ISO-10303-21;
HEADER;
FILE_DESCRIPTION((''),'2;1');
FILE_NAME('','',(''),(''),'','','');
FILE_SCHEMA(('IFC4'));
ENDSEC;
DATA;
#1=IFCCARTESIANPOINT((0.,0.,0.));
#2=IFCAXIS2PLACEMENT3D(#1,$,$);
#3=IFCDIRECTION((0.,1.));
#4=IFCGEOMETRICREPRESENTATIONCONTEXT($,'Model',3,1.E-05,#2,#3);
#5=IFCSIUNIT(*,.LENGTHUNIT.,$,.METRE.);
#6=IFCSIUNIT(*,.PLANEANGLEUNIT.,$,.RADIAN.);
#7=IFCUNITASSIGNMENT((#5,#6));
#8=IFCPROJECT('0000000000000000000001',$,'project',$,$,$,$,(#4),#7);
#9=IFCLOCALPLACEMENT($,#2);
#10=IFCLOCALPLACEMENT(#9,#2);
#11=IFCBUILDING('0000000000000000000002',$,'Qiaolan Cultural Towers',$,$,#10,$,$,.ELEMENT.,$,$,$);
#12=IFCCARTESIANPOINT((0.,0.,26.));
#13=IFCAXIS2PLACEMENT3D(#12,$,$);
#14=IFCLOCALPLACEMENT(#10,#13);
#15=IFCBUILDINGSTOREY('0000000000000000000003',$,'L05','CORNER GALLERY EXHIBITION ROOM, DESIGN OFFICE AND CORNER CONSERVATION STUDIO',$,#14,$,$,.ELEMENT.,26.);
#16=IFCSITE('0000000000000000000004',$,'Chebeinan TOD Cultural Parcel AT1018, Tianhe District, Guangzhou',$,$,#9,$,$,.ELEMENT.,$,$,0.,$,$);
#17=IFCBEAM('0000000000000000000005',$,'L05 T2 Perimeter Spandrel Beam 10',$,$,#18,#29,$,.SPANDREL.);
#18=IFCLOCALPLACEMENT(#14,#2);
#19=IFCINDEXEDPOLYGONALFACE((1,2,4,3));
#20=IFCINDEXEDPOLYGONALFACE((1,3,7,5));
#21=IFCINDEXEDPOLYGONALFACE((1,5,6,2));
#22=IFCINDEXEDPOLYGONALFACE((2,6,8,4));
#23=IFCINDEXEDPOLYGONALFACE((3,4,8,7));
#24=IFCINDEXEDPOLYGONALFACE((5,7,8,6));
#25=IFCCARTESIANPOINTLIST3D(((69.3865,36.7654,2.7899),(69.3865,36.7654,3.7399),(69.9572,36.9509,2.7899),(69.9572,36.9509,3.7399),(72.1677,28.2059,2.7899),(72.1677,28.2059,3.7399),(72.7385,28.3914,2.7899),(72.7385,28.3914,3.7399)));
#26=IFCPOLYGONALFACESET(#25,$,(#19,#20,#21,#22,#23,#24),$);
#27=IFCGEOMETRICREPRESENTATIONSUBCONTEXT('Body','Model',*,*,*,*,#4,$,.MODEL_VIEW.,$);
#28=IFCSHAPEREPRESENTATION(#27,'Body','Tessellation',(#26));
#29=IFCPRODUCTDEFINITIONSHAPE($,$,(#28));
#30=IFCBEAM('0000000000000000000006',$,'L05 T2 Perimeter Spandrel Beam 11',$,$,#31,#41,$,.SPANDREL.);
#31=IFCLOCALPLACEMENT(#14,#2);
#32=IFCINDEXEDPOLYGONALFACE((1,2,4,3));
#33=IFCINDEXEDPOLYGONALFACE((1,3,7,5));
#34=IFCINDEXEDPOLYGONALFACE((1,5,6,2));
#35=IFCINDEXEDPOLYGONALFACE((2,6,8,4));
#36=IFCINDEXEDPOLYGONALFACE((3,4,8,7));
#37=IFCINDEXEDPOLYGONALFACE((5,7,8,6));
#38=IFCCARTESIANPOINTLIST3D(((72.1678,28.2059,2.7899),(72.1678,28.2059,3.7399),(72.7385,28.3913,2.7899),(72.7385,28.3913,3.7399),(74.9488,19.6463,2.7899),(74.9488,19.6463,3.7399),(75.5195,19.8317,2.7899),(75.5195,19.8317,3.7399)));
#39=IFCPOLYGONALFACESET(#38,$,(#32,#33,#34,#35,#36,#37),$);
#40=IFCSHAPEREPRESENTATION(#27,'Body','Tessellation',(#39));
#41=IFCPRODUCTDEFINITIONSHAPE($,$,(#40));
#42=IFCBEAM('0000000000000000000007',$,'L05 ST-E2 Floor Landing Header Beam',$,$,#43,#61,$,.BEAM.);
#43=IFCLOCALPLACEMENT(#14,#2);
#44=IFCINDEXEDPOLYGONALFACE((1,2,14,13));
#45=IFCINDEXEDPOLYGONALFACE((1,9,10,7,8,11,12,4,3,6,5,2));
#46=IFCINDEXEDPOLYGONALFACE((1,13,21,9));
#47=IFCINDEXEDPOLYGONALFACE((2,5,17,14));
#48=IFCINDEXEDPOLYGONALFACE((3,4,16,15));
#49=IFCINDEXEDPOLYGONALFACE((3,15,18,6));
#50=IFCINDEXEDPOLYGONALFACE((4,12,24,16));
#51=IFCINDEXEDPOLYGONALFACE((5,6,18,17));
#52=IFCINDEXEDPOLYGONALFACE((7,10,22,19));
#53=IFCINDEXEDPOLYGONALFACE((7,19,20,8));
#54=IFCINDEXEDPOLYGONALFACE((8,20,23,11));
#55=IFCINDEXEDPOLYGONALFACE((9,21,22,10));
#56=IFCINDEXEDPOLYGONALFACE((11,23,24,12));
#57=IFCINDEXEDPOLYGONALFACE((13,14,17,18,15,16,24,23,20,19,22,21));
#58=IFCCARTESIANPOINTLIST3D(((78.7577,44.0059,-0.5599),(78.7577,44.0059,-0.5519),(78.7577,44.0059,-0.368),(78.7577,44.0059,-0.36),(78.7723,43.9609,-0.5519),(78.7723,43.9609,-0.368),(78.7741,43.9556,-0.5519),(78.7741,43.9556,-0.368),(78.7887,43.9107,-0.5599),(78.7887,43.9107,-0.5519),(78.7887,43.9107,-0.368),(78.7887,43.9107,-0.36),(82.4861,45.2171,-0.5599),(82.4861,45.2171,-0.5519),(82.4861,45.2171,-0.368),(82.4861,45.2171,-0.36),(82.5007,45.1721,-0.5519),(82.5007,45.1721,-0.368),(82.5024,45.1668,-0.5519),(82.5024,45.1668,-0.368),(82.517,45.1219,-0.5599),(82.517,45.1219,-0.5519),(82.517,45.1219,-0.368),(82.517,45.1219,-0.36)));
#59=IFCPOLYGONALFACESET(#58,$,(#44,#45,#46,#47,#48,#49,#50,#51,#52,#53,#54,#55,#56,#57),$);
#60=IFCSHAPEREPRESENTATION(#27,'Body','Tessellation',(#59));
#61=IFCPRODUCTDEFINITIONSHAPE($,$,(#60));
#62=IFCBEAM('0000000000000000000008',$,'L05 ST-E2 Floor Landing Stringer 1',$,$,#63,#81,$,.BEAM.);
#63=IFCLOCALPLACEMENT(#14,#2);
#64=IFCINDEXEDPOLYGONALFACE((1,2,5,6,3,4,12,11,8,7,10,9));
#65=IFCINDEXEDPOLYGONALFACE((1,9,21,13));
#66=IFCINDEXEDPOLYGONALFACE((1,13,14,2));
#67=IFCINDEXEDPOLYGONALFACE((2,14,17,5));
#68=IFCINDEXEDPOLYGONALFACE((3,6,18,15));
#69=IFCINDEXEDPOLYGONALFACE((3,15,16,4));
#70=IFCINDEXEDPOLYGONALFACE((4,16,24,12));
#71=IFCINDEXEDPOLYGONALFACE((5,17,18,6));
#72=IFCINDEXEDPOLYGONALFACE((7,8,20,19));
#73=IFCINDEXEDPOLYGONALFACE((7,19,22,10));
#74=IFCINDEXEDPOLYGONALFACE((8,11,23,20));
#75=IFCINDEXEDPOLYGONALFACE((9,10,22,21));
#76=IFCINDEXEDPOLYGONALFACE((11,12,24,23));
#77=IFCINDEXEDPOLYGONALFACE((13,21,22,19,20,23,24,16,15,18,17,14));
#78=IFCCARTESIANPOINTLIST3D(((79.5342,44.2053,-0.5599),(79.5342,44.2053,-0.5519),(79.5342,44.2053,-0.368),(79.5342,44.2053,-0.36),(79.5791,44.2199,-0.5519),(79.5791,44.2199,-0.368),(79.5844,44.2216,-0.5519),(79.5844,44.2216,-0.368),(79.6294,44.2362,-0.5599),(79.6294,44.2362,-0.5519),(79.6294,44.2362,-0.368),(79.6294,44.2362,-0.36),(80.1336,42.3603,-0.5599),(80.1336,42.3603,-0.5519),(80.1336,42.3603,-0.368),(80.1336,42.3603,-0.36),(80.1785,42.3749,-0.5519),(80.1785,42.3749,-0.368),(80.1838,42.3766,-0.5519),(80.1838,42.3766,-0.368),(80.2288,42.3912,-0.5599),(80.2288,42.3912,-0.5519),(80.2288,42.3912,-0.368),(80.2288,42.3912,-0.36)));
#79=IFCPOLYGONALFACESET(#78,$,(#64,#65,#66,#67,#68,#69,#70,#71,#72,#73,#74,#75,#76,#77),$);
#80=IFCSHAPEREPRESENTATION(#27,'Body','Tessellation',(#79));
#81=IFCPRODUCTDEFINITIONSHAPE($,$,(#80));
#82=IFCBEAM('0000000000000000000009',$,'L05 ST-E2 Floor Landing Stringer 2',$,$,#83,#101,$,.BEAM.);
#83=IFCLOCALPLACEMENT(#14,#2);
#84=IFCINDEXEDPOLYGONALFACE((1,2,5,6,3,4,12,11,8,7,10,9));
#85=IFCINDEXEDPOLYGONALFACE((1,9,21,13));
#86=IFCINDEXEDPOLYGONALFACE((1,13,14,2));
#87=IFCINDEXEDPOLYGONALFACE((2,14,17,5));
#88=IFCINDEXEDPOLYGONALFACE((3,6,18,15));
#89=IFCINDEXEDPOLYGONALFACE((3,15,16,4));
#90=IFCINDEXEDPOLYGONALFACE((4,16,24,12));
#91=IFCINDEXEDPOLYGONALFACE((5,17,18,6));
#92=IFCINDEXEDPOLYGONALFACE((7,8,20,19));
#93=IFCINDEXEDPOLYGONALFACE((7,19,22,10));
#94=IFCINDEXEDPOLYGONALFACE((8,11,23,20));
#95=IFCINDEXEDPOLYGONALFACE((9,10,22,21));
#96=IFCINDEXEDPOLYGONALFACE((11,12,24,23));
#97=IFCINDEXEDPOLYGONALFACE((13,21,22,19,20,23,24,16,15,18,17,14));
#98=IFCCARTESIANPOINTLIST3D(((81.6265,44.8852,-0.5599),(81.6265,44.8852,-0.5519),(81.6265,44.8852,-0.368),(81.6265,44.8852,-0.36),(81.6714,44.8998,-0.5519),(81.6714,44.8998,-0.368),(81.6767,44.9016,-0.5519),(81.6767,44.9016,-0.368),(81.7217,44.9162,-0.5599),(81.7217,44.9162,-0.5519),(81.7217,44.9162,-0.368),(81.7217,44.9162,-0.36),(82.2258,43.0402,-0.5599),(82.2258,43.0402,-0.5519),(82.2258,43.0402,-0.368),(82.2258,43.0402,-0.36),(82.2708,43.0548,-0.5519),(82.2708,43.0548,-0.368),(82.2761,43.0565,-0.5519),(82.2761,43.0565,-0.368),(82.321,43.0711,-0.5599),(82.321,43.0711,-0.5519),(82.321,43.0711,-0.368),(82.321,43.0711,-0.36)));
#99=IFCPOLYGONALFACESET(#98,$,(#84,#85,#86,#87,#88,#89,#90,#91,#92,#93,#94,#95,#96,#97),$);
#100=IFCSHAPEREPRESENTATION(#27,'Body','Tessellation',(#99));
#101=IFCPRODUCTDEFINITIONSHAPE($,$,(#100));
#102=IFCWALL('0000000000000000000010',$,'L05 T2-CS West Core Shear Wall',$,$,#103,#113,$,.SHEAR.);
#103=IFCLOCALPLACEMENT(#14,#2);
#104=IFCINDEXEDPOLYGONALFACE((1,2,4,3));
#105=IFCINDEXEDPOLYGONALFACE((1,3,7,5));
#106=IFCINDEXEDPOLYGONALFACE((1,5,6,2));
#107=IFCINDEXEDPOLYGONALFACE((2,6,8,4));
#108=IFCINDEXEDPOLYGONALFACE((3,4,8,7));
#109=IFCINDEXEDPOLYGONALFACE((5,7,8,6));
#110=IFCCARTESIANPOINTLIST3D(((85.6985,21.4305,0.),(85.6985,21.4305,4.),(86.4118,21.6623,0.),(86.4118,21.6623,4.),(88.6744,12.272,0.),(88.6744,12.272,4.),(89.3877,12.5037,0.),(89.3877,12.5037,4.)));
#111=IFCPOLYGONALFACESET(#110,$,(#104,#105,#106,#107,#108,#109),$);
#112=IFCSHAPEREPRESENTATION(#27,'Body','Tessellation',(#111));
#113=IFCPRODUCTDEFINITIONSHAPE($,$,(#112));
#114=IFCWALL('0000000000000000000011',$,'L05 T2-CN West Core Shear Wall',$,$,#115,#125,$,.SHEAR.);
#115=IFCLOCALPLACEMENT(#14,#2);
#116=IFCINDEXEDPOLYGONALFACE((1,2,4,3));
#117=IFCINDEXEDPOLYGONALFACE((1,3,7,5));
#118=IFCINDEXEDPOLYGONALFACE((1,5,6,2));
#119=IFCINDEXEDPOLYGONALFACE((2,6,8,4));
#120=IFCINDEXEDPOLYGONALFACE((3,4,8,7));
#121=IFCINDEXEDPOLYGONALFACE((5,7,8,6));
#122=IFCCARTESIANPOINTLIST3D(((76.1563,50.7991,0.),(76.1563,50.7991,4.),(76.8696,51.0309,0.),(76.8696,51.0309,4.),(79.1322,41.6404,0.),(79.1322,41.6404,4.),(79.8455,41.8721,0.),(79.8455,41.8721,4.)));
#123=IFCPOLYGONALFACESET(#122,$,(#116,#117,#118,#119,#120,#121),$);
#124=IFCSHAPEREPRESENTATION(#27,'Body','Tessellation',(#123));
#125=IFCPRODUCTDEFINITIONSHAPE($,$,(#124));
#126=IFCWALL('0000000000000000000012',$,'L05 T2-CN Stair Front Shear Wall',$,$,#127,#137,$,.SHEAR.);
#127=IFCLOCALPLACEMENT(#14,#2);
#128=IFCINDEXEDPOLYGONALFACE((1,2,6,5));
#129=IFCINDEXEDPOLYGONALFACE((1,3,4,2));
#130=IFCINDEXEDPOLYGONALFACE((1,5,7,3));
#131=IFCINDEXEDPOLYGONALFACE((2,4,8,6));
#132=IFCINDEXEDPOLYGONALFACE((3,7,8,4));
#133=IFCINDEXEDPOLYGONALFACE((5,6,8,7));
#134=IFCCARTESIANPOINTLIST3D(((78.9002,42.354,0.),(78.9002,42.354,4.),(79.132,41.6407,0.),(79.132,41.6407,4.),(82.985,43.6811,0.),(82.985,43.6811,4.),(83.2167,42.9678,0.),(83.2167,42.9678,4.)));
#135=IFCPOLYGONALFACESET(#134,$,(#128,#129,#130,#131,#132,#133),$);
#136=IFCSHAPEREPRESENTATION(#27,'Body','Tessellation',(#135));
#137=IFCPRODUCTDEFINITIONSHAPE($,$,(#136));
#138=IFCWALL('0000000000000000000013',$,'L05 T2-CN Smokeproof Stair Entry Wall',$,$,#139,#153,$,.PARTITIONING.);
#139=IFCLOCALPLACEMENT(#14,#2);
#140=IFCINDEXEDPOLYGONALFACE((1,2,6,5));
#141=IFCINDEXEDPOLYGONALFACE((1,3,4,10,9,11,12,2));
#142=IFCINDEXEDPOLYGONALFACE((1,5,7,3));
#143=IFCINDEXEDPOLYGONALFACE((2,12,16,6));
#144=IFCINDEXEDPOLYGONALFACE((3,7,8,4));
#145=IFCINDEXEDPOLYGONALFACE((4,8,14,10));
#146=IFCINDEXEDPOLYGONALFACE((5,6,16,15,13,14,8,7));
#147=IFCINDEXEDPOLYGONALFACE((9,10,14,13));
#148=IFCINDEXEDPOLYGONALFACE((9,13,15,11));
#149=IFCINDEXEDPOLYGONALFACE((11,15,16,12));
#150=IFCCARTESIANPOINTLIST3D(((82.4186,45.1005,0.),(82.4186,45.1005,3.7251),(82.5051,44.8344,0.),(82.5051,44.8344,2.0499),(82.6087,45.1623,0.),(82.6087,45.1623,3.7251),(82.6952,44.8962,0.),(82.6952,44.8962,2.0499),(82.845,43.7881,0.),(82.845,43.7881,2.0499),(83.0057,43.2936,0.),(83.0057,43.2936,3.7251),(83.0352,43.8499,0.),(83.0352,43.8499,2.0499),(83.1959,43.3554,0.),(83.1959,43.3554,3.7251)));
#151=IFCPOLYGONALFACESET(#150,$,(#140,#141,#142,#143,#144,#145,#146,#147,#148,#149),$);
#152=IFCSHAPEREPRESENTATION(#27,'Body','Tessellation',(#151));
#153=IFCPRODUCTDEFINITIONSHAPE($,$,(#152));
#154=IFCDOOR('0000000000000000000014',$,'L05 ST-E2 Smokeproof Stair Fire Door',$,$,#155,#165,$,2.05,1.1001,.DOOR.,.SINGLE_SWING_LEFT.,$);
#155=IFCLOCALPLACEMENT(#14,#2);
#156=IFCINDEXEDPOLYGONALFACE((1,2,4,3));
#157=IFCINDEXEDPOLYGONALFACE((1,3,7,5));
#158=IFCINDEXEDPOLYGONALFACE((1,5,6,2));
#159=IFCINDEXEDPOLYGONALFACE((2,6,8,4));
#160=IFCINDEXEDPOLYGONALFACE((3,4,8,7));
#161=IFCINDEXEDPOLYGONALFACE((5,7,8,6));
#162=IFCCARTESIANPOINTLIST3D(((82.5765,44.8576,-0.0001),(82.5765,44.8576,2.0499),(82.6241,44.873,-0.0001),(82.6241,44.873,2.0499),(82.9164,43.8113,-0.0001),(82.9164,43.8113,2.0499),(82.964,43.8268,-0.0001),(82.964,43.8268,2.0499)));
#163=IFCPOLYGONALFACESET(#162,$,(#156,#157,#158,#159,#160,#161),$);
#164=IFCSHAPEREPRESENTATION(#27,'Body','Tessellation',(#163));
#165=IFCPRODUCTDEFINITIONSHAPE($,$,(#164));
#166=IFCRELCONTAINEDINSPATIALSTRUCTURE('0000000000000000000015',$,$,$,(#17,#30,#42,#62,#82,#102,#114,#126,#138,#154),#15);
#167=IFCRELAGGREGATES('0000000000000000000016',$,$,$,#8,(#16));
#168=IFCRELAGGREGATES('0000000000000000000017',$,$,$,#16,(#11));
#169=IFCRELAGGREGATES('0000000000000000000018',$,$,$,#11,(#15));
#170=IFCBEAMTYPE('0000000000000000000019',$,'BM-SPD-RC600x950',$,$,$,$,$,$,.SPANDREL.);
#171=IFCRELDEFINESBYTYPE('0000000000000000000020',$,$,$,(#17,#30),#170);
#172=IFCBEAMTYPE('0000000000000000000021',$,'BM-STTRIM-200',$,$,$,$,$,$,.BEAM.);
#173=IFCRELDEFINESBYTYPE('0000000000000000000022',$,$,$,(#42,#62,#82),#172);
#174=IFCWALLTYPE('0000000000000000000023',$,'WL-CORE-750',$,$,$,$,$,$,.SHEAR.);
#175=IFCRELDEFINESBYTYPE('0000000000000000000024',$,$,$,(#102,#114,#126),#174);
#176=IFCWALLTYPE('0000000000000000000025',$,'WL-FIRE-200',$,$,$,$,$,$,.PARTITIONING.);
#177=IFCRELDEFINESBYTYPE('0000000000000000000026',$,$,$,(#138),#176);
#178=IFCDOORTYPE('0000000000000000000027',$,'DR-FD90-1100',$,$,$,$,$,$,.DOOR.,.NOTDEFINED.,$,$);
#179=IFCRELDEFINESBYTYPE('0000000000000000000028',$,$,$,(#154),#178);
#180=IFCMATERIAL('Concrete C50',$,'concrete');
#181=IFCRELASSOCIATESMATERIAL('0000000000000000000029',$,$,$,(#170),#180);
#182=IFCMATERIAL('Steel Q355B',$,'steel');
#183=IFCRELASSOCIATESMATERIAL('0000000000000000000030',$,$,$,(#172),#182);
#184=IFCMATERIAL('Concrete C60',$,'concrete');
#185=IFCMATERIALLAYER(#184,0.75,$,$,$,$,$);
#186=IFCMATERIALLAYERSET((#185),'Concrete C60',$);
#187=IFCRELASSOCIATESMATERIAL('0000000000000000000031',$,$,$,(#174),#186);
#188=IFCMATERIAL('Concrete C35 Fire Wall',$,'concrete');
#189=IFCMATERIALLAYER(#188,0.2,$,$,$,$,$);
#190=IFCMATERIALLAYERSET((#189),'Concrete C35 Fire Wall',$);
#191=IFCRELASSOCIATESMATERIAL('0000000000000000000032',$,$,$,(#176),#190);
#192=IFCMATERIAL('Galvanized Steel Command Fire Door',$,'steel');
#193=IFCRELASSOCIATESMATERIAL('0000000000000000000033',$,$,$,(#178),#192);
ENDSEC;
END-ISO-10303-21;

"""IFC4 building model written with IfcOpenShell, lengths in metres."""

from ifc_helpers import new_model, si_unit, direction, frame, frame_2d, origin, origin_2d, place, context, subcontext, project, spatial, rectangle, i_section, extrude, material, layer, layer_set, material_profile, profile_set, type_object, element, fill, save


model = new_model("IFC4")

# Units and contexts
model_context = context("Model", 3, precision=1e-05, world=origin(), true_north=direction((0.0, 1.0)))
body_context = subcontext(model_context, "Body", "Model", "MODEL_VIEW")
ifc_project = project(units=[si_unit("LENGTHUNIT", "METRE"), si_unit("PLANEANGLEUNIT", "RADIAN")], contexts=[model_context])

# Site, building, storey
site_placement = place(None, origin())
site = spatial("IfcSite", under=ifc_project, at=site_placement, Name="Chebeinan TOD Cultural Parcel AT1018, Tianhe District, Guangzhou", CompositionType="ELEMENT", RefElevation=0.0)
building_placement = place(site_placement, origin())
building = spatial("IfcBuilding", under=site, at=building_placement, Name="Qiaolan Cultural Towers", CompositionType="ELEMENT")
storey_placement = place(building_placement, frame((0.0, 0.0, 26.0)))
storey = spatial("IfcBuildingStorey", under=building, at=storey_placement, Name="L05", Description="CORNER GALLERY EXHIBITION ROOM, DESIGN OFFICE AND CORNER CONSERVATION STUDIO", CompositionType="ELEMENT", Elevation=26.0)

# Beams
ifc_material_1 = material(Name="Concrete C50", Category="concrete")
ifc_material_profile_1 = material_profile(ifc_material_1, rectangle(XDim=0.6001, YDim=0.95, at=origin_2d()), Name="RC600x950")
ifc_profile_set_1 = profile_set([ifc_material_profile_1], Name="Concrete C50")
beam_type_1 = type_object("IfcBeamType", Name="BM-SPD-RC600x950", PredefinedType="SPANDREL", material=ifc_profile_set_1)
for number, where, z_axis, x_axis, name in (
    (1, (69.6719, 36.8582, 3.2649), (0.309025, -0.951054, 0.0), (0.951054, 0.309025, 0.0), "L05 T2 Perimeter Spandrel Beam 10"),
    (2, (72.4531, 28.2986, 3.2649), (0.309, -0.951062, 0.0), (0.951062, 0.309, 0.0), "L05 T2 Perimeter Spandrel Beam 11"),
):
    element("IfcBeam", number, at=place(storey_placement, frame(where, z_axis=z_axis, x_axis=x_axis)), inside=storey, type_object=beam_type_1, Name=name, PredefinedType="SPANDREL", context=body_context, shape_type="SweptSolid", body=[
        extrude(rectangle(XDim=0.6001, YDim=0.95, at=origin_2d()), origin(), (0.0, 0.0, 1.0), 9.0),
    ])
ifc_material_2 = material(Name="Steel Q355B", Category="steel")
ifc_material_profile_2 = material_profile(ifc_material_2, i_section(OverallWidth=0.1001, OverallDepth=0.2, WebThickness=0.0056, FlangeThickness=0.0081, at=origin_2d()), Name="HN200x100x5.5x8")
ifc_profile_set_2 = profile_set([ifc_material_profile_2], Name="Steel Q355B")
beam_type_2 = type_object("IfcBeamType", Name="BM-STTRIM-200", PredefinedType="BEAM", material=ifc_profile_set_2)
beam_1_placement = place(storey_placement, frame((78.7732, 43.9583, -0.46), z_axis=(0.951072, 0.308969, 0.0), x_axis=(-0.308969, 0.951072, 0.0)))
element("IfcBeam", 3, at=beam_1_placement, inside=storey, type_object=beam_type_2, Name="L05 ST-E2 Floor Landing Header Beam", PredefinedType="BEAM", context=body_context, shape_type="SweptSolid", body=[
    extrude(i_section(OverallWidth=0.1001, OverallDepth=0.2, WebThickness=0.0056, FlangeThickness=0.0081, at=origin_2d()), origin(), (0.0, 0.0, 1.0), 3.9202),
])
for number, where, z_axis, x_axis, name in (
    (4, (80.1812, 42.3757, -0.46), (-0.308969, 0.951072, 0.0), (-0.951072, -0.308969, 0.0), "L05 ST-E2 Floor Landing Stringer 1"),
    (5, (82.2734, 43.0557, -0.46), (-0.308969, 0.951072, 0.0), (-0.951072, -0.308969, 0.0), "L05 ST-E2 Floor Landing Stringer 2"),
):
    element("IfcBeam", number, at=place(storey_placement, frame(where, z_axis=z_axis, x_axis=x_axis)), inside=storey, type_object=beam_type_2, Name=name, PredefinedType="BEAM", context=body_context, shape_type="SweptSolid", body=[
        extrude(i_section(OverallWidth=0.1001, OverallDepth=0.2, WebThickness=0.0056, FlangeThickness=0.0081, at=origin_2d()), origin(), (0.0, 0.0, 1.0), 1.9399),
    ])

# Walls
ifc_material_3 = material(Name="Concrete C60", Category="concrete")
ifc_layer_1 = layer(ifc_material_3, 0.75)
ifc_layer_set_1 = layer_set([ifc_layer_1], Name="Concrete C60")
wall_type_1 = type_object("IfcWallType", Name="WL-CORE-750", PredefinedType="SHEAR", material=ifc_layer_set_1)
wall_1_placement = place(storey_placement, frame((86.0552, 21.5464, 0.0), z_axis=(0.0, 0.0, 1.0), x_axis=(0.309024, -0.951054, 0.0)))
element("IfcWall", 6, at=wall_1_placement, inside=storey, type_object=wall_type_1, Name="L05 T2-CS West Core Shear Wall", PredefinedType="SHEAR", context=body_context, shape_type="SweptSolid", body=[
    extrude(rectangle(XDim=9.6299, YDim=0.75, at=frame_2d((4.8149, 0.0))), origin(), (0.0, 0.0, 1.0), 4.0),
])
wall_2_placement = place(storey_placement, frame((79.4888, 41.7563, 0.0), z_axis=(0.0, 0.0, 1.0), x_axis=(-0.309016, 0.951057, 0.0)))
element("IfcWall", 7, at=wall_2_placement, inside=storey, type_object=wall_type_1, Name="L05 T2-CN West Core Shear Wall", PredefinedType="SHEAR", context=body_context, shape_type="SweptSolid", body=[
    extrude(rectangle(XDim=9.6301, YDim=0.75, at=frame_2d((4.8149, 0.0))), origin(), (0.0, 0.0, 1.0), 4.0),
])
wall_3_placement = place(storey_placement, frame((79.0161, 41.9973, 0.0), z_axis=(0.0, 0.0, 1.0), x_axis=(0.95106, 0.309005, 0.0)))
element("IfcWall", 8, at=wall_3_placement, inside=storey, type_object=wall_type_1, Name="L05 T2-CN Stair Front Shear Wall", PredefinedType="SHEAR", context=body_context, shape_type="SweptSolid", body=[
    extrude(rectangle(XDim=4.2949, YDim=0.75, at=frame_2d((2.1475, 0.0))), origin(), (0.0, 0.0, 1.0), 4.0),
])

# Wall, opening, door
ifc_material_4 = material(Name="Concrete C35 Fire Wall", Category="concrete")
ifc_layer_2 = layer(ifc_material_4, 0.2)
ifc_layer_set_2 = layer_set([ifc_layer_2], Name="Concrete C35 Fire Wall")
wall_type_2 = type_object("IfcWallType", Name="WL-FIRE-200", PredefinedType="PARTITIONING", material=ifc_layer_set_2)
wall_4_placement = place(storey_placement, frame((83.1008, 43.3245, 0.0), z_axis=(0.0, 0.0, 1.0), x_axis=(-0.309048, 0.951046, 0.0)))
wall_4 = element("IfcWall", 9, at=wall_4_placement, inside=storey, type_object=wall_type_2, Name="L05 T2-CN Smokeproof Stair Entry Wall", PredefinedType="PARTITIONING", context=body_context, shape_type="SweptSolid", body=[
    extrude(rectangle(XDim=1.8999, YDim=0.2, at=frame_2d((0.95, 0.0))), origin(), (0.0, 0.0, 1.0), 3.7251),
])
opening_1_placement = place(wall_4_placement, frame((0.52, 0.0, 0.0)))
opening_1 = element("IfcOpeningElement", 10, at=opening_1_placement, cuts=wall_4, PredefinedType="OPENING", context=body_context, shape_type="SweptSolid", body=[
    extrude(rectangle(XDim=1.1001, YDim=2.05, at=frame_2d((0.55, 1.0249))), frame((0.0, 0.1099, 0.0), z_axis=(0.0, -1.0, 0.0), x_axis=(1.0, 0.0, 0.0)), (0.0, 0.0, 1.0), 0.22),
])
ifc_material_5 = material(Name="Galvanized Steel Command Fire Door", Category="steel")
door_type_1 = type_object("IfcDoorType", Name="DR-FD90-1100", OperationType="NOTDEFINED", PredefinedType="DOOR", material=ifc_material_5)
door_1_placement = place(opening_1_placement, origin())
door_1 = element("IfcDoor", 11, at=door_1_placement, inside=storey, type_object=door_type_1, Name="L05 ST-E2 Smokeproof Stair Fire Door", OperationType="SINGLE_SWING_LEFT", OverallHeight=2.05, OverallWidth=1.1001, PredefinedType="DOOR", context=body_context, shape_type="SweptSolid", body=[
    extrude(rectangle(XDim=1.1001, YDim=2.05, at=frame_2d((0.55, 1.0249))), frame((0.0, 0.0249, 0.0), z_axis=(0.0, -1.0, 0.0), x_axis=(1.0, 0.0, 0.0)), (0.0, 0.0, 1.0), 0.05),
])
fill(opening_1, door_1)

save(model, "model.ifc")
